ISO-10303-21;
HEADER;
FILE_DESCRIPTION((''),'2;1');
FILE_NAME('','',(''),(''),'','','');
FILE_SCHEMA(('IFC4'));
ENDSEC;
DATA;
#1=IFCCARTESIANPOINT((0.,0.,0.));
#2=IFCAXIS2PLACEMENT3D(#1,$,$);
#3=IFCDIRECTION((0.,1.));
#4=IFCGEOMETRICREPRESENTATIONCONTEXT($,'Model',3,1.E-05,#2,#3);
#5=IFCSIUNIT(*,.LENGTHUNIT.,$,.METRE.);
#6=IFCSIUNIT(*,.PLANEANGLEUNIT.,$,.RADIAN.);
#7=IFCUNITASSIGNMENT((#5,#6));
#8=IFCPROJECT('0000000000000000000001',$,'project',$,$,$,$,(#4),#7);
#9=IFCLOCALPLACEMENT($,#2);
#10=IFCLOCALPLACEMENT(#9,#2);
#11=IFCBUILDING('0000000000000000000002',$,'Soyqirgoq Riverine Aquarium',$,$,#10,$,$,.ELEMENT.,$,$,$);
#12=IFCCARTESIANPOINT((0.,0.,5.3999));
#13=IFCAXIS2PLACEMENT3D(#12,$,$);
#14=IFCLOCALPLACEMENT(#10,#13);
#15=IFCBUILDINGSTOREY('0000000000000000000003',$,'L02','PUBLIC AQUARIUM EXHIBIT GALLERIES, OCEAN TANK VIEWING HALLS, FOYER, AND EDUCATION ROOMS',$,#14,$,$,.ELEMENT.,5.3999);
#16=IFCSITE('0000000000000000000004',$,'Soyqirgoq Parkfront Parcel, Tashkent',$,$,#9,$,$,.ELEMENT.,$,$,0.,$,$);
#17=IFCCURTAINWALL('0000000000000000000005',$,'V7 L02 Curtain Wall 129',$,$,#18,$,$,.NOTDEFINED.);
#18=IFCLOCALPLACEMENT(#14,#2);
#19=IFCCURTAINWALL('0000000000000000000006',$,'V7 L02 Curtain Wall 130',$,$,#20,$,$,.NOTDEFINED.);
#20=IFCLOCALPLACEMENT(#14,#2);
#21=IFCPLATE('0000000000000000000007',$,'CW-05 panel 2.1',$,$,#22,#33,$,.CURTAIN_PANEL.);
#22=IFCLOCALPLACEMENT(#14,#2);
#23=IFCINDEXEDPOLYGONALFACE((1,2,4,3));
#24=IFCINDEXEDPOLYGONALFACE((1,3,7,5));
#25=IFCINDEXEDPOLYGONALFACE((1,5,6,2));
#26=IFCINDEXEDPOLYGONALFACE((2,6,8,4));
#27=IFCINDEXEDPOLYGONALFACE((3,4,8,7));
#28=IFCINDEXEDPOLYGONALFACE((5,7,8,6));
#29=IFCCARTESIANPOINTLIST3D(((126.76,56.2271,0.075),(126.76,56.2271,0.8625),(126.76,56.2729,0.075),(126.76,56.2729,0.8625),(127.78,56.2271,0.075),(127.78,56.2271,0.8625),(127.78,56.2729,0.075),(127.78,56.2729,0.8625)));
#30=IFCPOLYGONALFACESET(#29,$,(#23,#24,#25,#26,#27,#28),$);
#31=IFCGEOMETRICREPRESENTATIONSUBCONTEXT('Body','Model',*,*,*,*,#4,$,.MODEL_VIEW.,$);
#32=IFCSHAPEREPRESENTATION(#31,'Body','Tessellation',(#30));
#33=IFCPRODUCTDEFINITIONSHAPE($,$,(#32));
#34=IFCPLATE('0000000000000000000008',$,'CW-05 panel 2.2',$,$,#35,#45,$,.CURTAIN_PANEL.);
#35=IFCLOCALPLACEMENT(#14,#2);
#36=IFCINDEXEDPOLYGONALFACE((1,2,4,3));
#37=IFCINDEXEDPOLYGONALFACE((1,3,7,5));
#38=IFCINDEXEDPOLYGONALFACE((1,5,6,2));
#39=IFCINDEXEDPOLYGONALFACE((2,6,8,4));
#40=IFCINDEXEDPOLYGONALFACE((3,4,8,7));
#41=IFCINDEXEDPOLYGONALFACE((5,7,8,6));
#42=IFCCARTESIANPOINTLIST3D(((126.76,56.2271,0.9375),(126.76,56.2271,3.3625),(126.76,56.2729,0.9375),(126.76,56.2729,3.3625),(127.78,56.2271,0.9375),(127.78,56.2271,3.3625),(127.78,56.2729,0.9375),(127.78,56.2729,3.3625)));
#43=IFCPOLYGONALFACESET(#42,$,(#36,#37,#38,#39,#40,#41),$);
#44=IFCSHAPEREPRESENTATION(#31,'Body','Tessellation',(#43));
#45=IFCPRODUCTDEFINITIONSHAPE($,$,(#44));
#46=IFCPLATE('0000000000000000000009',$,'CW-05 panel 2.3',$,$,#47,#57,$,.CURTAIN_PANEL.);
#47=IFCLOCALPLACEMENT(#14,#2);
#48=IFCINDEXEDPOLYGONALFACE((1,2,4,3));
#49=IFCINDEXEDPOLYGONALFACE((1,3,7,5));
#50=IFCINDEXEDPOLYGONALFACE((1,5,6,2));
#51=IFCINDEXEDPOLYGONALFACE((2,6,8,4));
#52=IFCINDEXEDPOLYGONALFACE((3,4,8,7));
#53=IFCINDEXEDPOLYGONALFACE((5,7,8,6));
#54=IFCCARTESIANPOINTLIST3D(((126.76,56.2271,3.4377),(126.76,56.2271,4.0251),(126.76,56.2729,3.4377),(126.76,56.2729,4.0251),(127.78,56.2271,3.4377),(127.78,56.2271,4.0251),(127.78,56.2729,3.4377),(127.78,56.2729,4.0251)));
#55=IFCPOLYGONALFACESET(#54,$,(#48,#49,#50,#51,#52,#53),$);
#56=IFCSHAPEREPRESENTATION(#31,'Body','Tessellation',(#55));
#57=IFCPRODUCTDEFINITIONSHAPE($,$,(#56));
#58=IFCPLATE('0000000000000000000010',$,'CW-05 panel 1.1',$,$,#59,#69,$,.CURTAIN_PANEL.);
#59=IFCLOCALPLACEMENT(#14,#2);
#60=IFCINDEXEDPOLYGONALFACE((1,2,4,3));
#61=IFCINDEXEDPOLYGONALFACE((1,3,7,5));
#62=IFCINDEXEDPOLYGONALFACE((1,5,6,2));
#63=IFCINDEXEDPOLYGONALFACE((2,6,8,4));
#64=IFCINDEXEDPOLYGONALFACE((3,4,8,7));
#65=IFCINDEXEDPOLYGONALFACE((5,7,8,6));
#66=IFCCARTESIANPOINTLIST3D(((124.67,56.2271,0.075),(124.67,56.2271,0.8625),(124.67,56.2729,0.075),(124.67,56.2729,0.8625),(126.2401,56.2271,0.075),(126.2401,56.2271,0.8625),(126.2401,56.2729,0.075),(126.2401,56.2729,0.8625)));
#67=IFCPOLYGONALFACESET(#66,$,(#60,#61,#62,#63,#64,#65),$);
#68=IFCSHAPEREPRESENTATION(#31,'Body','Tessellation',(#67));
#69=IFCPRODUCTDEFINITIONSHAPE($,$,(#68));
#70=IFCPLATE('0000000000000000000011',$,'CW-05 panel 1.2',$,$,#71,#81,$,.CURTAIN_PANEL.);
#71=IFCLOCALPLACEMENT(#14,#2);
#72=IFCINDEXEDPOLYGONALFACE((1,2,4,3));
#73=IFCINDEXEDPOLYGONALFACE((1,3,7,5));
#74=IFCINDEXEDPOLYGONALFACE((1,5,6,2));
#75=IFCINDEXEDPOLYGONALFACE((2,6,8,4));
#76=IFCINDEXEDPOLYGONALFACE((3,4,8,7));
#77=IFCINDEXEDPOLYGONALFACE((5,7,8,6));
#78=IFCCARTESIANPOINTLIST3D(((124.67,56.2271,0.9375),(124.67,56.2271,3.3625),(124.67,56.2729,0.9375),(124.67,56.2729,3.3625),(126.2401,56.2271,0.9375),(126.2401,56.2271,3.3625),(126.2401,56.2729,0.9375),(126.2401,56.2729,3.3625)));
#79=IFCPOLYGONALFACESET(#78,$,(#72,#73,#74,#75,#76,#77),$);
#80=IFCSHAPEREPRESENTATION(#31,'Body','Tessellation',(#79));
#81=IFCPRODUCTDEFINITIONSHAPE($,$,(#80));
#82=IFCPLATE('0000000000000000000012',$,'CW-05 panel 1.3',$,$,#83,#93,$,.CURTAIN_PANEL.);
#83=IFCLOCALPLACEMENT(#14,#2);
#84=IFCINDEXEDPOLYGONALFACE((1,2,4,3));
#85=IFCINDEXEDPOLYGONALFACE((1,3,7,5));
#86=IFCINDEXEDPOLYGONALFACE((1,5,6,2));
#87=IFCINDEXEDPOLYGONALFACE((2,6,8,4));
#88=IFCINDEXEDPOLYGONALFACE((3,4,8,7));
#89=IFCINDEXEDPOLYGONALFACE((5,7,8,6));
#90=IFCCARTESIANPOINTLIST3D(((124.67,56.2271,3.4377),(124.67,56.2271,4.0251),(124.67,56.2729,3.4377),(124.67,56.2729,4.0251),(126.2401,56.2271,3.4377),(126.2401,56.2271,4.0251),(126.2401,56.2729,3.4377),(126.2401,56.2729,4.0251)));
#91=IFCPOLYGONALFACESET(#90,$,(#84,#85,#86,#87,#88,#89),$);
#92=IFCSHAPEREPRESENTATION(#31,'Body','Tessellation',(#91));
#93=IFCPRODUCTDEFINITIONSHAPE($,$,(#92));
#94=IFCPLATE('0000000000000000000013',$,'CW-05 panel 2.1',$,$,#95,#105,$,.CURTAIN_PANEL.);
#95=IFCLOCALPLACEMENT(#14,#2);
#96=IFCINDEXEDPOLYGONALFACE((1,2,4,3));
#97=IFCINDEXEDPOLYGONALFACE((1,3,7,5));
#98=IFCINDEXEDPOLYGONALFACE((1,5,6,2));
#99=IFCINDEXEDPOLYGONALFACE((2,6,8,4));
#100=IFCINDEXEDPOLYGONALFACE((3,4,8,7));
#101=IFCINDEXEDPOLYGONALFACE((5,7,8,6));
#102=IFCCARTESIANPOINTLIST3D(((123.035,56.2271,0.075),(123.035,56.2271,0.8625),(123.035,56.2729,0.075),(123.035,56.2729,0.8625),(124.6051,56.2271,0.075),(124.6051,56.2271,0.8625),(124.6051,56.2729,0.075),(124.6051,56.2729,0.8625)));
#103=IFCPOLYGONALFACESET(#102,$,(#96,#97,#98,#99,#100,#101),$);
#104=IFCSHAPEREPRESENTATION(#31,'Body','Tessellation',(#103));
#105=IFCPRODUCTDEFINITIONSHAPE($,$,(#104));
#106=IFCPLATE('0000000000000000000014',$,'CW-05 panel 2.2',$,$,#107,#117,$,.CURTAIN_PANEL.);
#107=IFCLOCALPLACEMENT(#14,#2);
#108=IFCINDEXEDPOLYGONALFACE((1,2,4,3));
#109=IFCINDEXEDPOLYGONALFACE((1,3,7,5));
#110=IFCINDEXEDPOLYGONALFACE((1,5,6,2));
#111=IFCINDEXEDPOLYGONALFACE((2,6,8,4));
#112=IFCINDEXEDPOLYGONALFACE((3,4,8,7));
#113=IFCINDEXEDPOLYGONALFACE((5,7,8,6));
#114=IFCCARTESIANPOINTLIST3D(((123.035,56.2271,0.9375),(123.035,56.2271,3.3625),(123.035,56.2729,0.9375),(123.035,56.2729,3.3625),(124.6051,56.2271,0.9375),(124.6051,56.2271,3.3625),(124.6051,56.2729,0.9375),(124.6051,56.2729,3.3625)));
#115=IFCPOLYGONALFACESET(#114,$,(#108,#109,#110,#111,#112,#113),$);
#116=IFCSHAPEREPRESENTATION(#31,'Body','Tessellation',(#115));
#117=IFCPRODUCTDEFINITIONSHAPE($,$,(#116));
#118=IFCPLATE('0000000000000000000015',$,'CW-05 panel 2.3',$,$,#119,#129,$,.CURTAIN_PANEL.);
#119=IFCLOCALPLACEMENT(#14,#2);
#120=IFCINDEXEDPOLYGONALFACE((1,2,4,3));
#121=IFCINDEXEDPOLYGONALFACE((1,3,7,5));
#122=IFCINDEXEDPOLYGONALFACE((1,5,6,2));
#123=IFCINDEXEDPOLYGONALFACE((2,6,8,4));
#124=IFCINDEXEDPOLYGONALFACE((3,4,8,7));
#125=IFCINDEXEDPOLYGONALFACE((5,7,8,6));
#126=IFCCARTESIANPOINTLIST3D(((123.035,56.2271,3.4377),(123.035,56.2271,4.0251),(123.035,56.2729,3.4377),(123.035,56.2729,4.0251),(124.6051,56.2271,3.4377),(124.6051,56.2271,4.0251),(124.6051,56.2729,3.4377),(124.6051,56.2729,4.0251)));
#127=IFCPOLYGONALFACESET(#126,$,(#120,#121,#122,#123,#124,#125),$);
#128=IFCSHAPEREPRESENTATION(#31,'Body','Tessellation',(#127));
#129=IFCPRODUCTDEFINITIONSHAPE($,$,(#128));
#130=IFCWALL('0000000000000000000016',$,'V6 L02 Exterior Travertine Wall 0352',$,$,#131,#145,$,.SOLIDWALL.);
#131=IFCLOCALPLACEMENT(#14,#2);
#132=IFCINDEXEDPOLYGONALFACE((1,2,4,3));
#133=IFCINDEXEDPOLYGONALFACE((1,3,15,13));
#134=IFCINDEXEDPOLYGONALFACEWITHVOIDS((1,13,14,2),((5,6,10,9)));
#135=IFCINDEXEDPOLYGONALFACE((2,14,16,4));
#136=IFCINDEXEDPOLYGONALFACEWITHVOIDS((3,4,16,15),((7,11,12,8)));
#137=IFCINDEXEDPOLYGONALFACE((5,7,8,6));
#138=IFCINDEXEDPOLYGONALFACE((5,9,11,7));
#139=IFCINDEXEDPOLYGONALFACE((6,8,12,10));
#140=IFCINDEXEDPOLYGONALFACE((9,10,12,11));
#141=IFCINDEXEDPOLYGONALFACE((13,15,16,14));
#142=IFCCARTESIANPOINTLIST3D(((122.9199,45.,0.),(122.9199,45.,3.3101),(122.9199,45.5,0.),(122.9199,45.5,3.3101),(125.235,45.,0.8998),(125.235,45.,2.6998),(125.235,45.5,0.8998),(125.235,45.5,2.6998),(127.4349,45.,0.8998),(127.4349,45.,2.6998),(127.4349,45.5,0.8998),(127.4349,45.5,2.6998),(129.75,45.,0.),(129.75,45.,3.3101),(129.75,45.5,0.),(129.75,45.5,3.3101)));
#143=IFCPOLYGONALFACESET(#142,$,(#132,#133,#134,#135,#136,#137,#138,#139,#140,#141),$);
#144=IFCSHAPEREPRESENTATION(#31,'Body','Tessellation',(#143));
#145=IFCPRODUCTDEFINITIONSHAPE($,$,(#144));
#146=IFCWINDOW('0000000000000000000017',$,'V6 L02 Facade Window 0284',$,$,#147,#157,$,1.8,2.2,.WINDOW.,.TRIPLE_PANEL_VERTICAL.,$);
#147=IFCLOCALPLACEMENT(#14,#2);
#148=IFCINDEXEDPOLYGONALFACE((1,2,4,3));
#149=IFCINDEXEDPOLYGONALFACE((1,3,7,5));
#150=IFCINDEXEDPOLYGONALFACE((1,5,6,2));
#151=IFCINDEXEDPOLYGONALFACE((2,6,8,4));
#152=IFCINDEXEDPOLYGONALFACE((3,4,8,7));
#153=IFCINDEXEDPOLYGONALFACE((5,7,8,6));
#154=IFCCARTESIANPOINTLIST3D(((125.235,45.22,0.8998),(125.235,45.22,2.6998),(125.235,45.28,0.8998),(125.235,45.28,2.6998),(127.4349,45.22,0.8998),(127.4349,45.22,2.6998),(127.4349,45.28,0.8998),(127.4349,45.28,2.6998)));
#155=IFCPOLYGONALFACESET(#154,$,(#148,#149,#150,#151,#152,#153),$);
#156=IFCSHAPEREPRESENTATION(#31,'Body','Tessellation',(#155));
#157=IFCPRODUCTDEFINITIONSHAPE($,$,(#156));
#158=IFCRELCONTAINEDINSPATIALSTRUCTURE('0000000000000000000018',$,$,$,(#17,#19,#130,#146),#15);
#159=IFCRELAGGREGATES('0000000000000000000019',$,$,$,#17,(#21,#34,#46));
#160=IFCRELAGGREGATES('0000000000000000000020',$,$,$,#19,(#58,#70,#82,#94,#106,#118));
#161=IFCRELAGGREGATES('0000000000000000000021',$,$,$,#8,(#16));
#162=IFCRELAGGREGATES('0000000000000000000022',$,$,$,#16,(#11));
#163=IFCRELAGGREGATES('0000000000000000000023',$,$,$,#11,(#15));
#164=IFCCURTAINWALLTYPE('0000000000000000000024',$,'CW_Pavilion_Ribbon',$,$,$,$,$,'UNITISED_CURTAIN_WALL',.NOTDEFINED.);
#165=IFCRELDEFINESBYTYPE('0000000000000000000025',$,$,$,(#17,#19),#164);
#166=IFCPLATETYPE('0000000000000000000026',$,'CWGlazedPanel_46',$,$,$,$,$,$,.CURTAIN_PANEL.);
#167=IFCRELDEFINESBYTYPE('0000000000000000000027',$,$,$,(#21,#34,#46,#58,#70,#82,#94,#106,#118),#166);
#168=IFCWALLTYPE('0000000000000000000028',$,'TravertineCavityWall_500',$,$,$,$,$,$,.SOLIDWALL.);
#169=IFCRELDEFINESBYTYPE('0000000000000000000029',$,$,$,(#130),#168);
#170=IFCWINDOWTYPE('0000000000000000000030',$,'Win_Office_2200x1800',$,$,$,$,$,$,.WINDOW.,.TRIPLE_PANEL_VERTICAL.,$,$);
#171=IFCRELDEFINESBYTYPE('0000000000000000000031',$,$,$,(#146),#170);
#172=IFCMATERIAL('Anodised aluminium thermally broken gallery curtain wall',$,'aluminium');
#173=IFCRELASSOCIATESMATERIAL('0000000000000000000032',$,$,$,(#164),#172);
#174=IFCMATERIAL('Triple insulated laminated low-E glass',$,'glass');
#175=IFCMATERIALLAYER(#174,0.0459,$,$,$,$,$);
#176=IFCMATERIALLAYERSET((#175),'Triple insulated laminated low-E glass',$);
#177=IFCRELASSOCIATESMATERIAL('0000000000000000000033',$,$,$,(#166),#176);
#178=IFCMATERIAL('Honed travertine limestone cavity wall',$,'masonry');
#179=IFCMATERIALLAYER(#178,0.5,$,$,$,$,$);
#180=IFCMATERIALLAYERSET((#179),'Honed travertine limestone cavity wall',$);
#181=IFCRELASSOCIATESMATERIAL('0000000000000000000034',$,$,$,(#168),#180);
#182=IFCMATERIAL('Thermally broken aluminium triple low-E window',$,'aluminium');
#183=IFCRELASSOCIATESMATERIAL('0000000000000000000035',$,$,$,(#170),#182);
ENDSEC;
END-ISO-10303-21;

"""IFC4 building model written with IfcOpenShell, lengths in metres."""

from ifc_helpers import new_model, si_unit, direction, frame, frame_2d, origin, origin_2d, place, context, subcontext, project, spatial, rectangle, extrude, material, layer, layer_set, type_object, element, fill, aggregate, save


model = new_model("IFC4")

# Units and contexts
model_context = context("Model", 3, precision=1e-05, world=origin(), true_north=direction((0.0, 1.0)))
body_context = subcontext(model_context, "Body", "Model", "MODEL_VIEW")
ifc_project = project(units=[si_unit("LENGTHUNIT", "METRE"), si_unit("PLANEANGLEUNIT", "RADIAN")], contexts=[model_context])

# Site, building, storey
site_placement = place(None, origin())
site = spatial("IfcSite", under=ifc_project, at=site_placement, Name="Soyqirgoq Parkfront Parcel, Tashkent", CompositionType="ELEMENT", RefElevation=0.0)
building_placement = place(site_placement, origin())
building = spatial("IfcBuilding", under=site, at=building_placement, Name="Soyqirgoq Riverine Aquarium", CompositionType="ELEMENT")
storey_placement = place(building_placement, frame((0.0, 0.0, 5.3999)))
storey = spatial("IfcBuildingStorey", under=building, at=storey_placement, Name="L02", Description="PUBLIC AQUARIUM EXHIBIT GALLERIES, OCEAN TANK VIEWING HALLS, FOYER, AND EDUCATION ROOMS", CompositionType="ELEMENT", Elevation=5.3999)

# Curtain wall
ifc_material_1 = material(Name="Anodised aluminium thermally broken gallery curtain wall", Category="aluminium")
curtain_wall_type = type_object("IfcCurtainWallType", Name="CW_Pavilion_Ribbon", ElementType="UNITISED_CURTAIN_WALL", PredefinedType="NOTDEFINED", material=ifc_material_1)
curtain_wall_1_placement = place(storey_placement, origin())
curtain_wall_1 = element("IfcCurtainWall", 1, at=curtain_wall_1_placement, inside=storey, type_object=curtain_wall_type, Name="V7 L02 Curtain Wall 129", PredefinedType="NOTDEFINED")

# Curtain wall
curtain_wall_2_placement = place(storey_placement, origin())
curtain_wall_2 = element("IfcCurtainWall", 2, at=curtain_wall_2_placement, inside=storey, type_object=curtain_wall_type, Name="V7 L02 Curtain Wall 130", PredefinedType="NOTDEFINED")

# Plates
ifc_material_2 = material(Name="Triple insulated laminated low-E glass", Category="glass")
ifc_layer_1 = layer(ifc_material_2, 0.0459)
ifc_layer_set_1 = layer_set([ifc_layer_1], Name="Triple insulated laminated low-E glass")
plate_type = type_object("IfcPlateType", Name="CWGlazedPanel_46", PredefinedType="CURTAIN_PANEL", material=ifc_layer_set_1)
plate_1_placement = place(storey_placement, frame((127.27, 56.25, 0.075), z_axis=(0.0, 0.0, 1.0), x_axis=(-1.0, 0.0, 0.0)))
plate_1 = element("IfcPlate", 3, at=plate_1_placement, type_object=plate_type, Name="CW-05 panel 2.1", PredefinedType="CURTAIN_PANEL", context=body_context, shape_type="SweptSolid", body=[
    extrude(rectangle(XDim=1.02, YDim=0.0459, at=origin_2d()), origin(), (0.0, 0.0, 1.0), 0.7876),
])
plate_2_placement = place(storey_placement, frame((127.27, 56.25, 0.9375), z_axis=(0.0, 0.0, 1.0), x_axis=(-1.0, 0.0, 0.0)))
plate_2 = element("IfcPlate", 4, at=plate_2_placement, type_object=plate_type, Name="CW-05 panel 2.2", PredefinedType="CURTAIN_PANEL", context=body_context, shape_type="SweptSolid", body=[
    extrude(rectangle(XDim=1.02, YDim=0.0459, at=origin_2d()), origin(), (0.0, 0.0, 1.0), 2.425),
])
plate_3_placement = place(storey_placement, frame((127.27, 56.25, 3.4377), z_axis=(0.0, 0.0, 1.0), x_axis=(-1.0, 0.0, 0.0)))
plate_3 = element("IfcPlate", 5, at=plate_3_placement, type_object=plate_type, Name="CW-05 panel 2.3", PredefinedType="CURTAIN_PANEL", context=body_context, shape_type="SweptSolid", body=[
    extrude(rectangle(XDim=1.02, YDim=0.0459, at=origin_2d()), origin(), (0.0, 0.0, 1.0), 0.5874),
])
aggregate(curtain_wall_1, [plate_1, plate_2, plate_3])
plate_4_placement = place(storey_placement, frame((125.4551, 56.25, 0.075), z_axis=(0.0, 0.0, 1.0), x_axis=(-1.0, 0.0, 0.0)))
plate_4 = element("IfcPlate", 6, at=plate_4_placement, type_object=plate_type, Name="CW-05 panel 1.1", PredefinedType="CURTAIN_PANEL", context=body_context, shape_type="SweptSolid", body=[
    extrude(rectangle(XDim=1.5701, YDim=0.0459, at=origin_2d()), origin(), (0.0, 0.0, 1.0), 0.7876),
])
plate_5_placement = place(storey_placement, frame((125.4551, 56.25, 0.9375), z_axis=(0.0, 0.0, 1.0), x_axis=(-1.0, 0.0, 0.0)))
plate_5 = element("IfcPlate", 7, at=plate_5_placement, type_object=plate_type, Name="CW-05 panel 1.2", PredefinedType="CURTAIN_PANEL", context=body_context, shape_type="SweptSolid", body=[
    extrude(rectangle(XDim=1.5701, YDim=0.0459, at=origin_2d()), origin(), (0.0, 0.0, 1.0), 2.425),
])
plate_6_placement = place(storey_placement, frame((125.4551, 56.25, 3.4377), z_axis=(0.0, 0.0, 1.0), x_axis=(-1.0, 0.0, 0.0)))
plate_6 = element("IfcPlate", 8, at=plate_6_placement, type_object=plate_type, Name="CW-05 panel 1.3", PredefinedType="CURTAIN_PANEL", context=body_context, shape_type="SweptSolid", body=[
    extrude(rectangle(XDim=1.5701, YDim=0.0459, at=origin_2d()), origin(), (0.0, 0.0, 1.0), 0.5874),
])
plate_7_placement = place(storey_placement, frame((123.8201, 56.25, 0.075), z_axis=(0.0, 0.0, 1.0), x_axis=(-1.0, 0.0, 0.0)))
plate_7 = element("IfcPlate", 9, at=plate_7_placement, type_object=plate_type, Name="CW-05 panel 2.1", PredefinedType="CURTAIN_PANEL", context=body_context, shape_type="SweptSolid", body=[
    extrude(rectangle(XDim=1.5701, YDim=0.0459, at=origin_2d()), origin(), (0.0, 0.0, 1.0), 0.7876),
])
plate_8_placement = place(storey_placement, frame((123.8201, 56.25, 0.9375), z_axis=(0.0, 0.0, 1.0), x_axis=(-1.0, 0.0, 0.0)))
plate_8 = element("IfcPlate", 10, at=plate_8_placement, type_object=plate_type, Name="CW-05 panel 2.2", PredefinedType="CURTAIN_PANEL", context=body_context, shape_type="SweptSolid", body=[
    extrude(rectangle(XDim=1.5701, YDim=0.0459, at=origin_2d()), origin(), (0.0, 0.0, 1.0), 2.425),
])
plate_9_placement = place(storey_placement, frame((123.8201, 56.25, 3.4377), z_axis=(0.0, 0.0, 1.0), x_axis=(-1.0, 0.0, 0.0)))
plate_9 = element("IfcPlate", 11, at=plate_9_placement, type_object=plate_type, Name="CW-05 panel 2.3", PredefinedType="CURTAIN_PANEL", context=body_context, shape_type="SweptSolid", body=[
    extrude(rectangle(XDim=1.5701, YDim=0.0459, at=origin_2d()), origin(), (0.0, 0.0, 1.0), 0.5874),
])
aggregate(curtain_wall_2, [plate_4, plate_5, plate_6, plate_7, plate_8, plate_9])

# Wall, opening, window
ifc_material_3 = material(Name="Honed travertine limestone cavity wall", Category="masonry")
ifc_layer_2 = layer(ifc_material_3, 0.5)
ifc_layer_set_2 = layer_set([ifc_layer_2], Name="Honed travertine limestone cavity wall")
wall_type = type_object("IfcWallType", Name="TravertineCavityWall_500", PredefinedType="SOLIDWALL", material=ifc_layer_set_2)
wall_placement = place(storey_placement, frame((122.9199, 45.25, 0.0), z_axis=(0.0, 0.0, 1.0), x_axis=(1.0, 0.0, 0.0)))
wall = element("IfcWall", 12, at=wall_placement, inside=storey, type_object=wall_type, Name="V6 L02 Exterior Travertine Wall 0352", PredefinedType="SOLIDWALL", context=body_context, shape_type="SweptSolid", body=[
    extrude(rectangle(XDim=6.8301, YDim=0.5, at=frame_2d((3.415, 0.0))), origin(), (0.0, 0.0, 1.0), 3.3101),
])
opening_placement = place(wall_placement, frame((2.3149, 0.0, 0.8999)))
opening = element("IfcOpeningElement", 13, at=opening_placement, cuts=wall, PredefinedType="OPENING", context=body_context, shape_type="SweptSolid", body=[
    extrude(rectangle(XDim=2.2, YDim=1.8, at=frame_2d((1.1001, 0.8999))), frame((0.0, 0.26, 0.0), z_axis=(0.0, -1.0, 0.0), x_axis=(1.0, 0.0, 0.0)), (0.0, 0.0, 1.0), 0.52),
])
ifc_material_4 = material(Name="Thermally broken aluminium triple low-E window", Category="aluminium")
window_type = type_object("IfcWindowType", Name="Win_Office_2200x1800", PartitioningType="TRIPLE_PANEL_VERTICAL", PredefinedType="WINDOW", material=ifc_material_4)
window_placement = place(opening_placement, origin())
window = element("IfcWindow", 14, at=window_placement, inside=storey, type_object=window_type, Name="V6 L02 Facade Window 0284", OverallHeight=1.8, OverallWidth=2.2, PartitioningType="TRIPLE_PANEL_VERTICAL", PredefinedType="WINDOW", context=body_context, shape_type="SweptSolid", body=[
    extrude(rectangle(XDim=2.2, YDim=1.8, at=frame_2d((1.1001, 0.8999))), frame((0.0, 0.03, 0.0), z_axis=(0.0, -1.0, 0.0), x_axis=(1.0, 0.0, 0.0)), (0.0, 0.0, 1.0), 0.0601),
])
fill(opening, window)

save(model, "model.ifc")
